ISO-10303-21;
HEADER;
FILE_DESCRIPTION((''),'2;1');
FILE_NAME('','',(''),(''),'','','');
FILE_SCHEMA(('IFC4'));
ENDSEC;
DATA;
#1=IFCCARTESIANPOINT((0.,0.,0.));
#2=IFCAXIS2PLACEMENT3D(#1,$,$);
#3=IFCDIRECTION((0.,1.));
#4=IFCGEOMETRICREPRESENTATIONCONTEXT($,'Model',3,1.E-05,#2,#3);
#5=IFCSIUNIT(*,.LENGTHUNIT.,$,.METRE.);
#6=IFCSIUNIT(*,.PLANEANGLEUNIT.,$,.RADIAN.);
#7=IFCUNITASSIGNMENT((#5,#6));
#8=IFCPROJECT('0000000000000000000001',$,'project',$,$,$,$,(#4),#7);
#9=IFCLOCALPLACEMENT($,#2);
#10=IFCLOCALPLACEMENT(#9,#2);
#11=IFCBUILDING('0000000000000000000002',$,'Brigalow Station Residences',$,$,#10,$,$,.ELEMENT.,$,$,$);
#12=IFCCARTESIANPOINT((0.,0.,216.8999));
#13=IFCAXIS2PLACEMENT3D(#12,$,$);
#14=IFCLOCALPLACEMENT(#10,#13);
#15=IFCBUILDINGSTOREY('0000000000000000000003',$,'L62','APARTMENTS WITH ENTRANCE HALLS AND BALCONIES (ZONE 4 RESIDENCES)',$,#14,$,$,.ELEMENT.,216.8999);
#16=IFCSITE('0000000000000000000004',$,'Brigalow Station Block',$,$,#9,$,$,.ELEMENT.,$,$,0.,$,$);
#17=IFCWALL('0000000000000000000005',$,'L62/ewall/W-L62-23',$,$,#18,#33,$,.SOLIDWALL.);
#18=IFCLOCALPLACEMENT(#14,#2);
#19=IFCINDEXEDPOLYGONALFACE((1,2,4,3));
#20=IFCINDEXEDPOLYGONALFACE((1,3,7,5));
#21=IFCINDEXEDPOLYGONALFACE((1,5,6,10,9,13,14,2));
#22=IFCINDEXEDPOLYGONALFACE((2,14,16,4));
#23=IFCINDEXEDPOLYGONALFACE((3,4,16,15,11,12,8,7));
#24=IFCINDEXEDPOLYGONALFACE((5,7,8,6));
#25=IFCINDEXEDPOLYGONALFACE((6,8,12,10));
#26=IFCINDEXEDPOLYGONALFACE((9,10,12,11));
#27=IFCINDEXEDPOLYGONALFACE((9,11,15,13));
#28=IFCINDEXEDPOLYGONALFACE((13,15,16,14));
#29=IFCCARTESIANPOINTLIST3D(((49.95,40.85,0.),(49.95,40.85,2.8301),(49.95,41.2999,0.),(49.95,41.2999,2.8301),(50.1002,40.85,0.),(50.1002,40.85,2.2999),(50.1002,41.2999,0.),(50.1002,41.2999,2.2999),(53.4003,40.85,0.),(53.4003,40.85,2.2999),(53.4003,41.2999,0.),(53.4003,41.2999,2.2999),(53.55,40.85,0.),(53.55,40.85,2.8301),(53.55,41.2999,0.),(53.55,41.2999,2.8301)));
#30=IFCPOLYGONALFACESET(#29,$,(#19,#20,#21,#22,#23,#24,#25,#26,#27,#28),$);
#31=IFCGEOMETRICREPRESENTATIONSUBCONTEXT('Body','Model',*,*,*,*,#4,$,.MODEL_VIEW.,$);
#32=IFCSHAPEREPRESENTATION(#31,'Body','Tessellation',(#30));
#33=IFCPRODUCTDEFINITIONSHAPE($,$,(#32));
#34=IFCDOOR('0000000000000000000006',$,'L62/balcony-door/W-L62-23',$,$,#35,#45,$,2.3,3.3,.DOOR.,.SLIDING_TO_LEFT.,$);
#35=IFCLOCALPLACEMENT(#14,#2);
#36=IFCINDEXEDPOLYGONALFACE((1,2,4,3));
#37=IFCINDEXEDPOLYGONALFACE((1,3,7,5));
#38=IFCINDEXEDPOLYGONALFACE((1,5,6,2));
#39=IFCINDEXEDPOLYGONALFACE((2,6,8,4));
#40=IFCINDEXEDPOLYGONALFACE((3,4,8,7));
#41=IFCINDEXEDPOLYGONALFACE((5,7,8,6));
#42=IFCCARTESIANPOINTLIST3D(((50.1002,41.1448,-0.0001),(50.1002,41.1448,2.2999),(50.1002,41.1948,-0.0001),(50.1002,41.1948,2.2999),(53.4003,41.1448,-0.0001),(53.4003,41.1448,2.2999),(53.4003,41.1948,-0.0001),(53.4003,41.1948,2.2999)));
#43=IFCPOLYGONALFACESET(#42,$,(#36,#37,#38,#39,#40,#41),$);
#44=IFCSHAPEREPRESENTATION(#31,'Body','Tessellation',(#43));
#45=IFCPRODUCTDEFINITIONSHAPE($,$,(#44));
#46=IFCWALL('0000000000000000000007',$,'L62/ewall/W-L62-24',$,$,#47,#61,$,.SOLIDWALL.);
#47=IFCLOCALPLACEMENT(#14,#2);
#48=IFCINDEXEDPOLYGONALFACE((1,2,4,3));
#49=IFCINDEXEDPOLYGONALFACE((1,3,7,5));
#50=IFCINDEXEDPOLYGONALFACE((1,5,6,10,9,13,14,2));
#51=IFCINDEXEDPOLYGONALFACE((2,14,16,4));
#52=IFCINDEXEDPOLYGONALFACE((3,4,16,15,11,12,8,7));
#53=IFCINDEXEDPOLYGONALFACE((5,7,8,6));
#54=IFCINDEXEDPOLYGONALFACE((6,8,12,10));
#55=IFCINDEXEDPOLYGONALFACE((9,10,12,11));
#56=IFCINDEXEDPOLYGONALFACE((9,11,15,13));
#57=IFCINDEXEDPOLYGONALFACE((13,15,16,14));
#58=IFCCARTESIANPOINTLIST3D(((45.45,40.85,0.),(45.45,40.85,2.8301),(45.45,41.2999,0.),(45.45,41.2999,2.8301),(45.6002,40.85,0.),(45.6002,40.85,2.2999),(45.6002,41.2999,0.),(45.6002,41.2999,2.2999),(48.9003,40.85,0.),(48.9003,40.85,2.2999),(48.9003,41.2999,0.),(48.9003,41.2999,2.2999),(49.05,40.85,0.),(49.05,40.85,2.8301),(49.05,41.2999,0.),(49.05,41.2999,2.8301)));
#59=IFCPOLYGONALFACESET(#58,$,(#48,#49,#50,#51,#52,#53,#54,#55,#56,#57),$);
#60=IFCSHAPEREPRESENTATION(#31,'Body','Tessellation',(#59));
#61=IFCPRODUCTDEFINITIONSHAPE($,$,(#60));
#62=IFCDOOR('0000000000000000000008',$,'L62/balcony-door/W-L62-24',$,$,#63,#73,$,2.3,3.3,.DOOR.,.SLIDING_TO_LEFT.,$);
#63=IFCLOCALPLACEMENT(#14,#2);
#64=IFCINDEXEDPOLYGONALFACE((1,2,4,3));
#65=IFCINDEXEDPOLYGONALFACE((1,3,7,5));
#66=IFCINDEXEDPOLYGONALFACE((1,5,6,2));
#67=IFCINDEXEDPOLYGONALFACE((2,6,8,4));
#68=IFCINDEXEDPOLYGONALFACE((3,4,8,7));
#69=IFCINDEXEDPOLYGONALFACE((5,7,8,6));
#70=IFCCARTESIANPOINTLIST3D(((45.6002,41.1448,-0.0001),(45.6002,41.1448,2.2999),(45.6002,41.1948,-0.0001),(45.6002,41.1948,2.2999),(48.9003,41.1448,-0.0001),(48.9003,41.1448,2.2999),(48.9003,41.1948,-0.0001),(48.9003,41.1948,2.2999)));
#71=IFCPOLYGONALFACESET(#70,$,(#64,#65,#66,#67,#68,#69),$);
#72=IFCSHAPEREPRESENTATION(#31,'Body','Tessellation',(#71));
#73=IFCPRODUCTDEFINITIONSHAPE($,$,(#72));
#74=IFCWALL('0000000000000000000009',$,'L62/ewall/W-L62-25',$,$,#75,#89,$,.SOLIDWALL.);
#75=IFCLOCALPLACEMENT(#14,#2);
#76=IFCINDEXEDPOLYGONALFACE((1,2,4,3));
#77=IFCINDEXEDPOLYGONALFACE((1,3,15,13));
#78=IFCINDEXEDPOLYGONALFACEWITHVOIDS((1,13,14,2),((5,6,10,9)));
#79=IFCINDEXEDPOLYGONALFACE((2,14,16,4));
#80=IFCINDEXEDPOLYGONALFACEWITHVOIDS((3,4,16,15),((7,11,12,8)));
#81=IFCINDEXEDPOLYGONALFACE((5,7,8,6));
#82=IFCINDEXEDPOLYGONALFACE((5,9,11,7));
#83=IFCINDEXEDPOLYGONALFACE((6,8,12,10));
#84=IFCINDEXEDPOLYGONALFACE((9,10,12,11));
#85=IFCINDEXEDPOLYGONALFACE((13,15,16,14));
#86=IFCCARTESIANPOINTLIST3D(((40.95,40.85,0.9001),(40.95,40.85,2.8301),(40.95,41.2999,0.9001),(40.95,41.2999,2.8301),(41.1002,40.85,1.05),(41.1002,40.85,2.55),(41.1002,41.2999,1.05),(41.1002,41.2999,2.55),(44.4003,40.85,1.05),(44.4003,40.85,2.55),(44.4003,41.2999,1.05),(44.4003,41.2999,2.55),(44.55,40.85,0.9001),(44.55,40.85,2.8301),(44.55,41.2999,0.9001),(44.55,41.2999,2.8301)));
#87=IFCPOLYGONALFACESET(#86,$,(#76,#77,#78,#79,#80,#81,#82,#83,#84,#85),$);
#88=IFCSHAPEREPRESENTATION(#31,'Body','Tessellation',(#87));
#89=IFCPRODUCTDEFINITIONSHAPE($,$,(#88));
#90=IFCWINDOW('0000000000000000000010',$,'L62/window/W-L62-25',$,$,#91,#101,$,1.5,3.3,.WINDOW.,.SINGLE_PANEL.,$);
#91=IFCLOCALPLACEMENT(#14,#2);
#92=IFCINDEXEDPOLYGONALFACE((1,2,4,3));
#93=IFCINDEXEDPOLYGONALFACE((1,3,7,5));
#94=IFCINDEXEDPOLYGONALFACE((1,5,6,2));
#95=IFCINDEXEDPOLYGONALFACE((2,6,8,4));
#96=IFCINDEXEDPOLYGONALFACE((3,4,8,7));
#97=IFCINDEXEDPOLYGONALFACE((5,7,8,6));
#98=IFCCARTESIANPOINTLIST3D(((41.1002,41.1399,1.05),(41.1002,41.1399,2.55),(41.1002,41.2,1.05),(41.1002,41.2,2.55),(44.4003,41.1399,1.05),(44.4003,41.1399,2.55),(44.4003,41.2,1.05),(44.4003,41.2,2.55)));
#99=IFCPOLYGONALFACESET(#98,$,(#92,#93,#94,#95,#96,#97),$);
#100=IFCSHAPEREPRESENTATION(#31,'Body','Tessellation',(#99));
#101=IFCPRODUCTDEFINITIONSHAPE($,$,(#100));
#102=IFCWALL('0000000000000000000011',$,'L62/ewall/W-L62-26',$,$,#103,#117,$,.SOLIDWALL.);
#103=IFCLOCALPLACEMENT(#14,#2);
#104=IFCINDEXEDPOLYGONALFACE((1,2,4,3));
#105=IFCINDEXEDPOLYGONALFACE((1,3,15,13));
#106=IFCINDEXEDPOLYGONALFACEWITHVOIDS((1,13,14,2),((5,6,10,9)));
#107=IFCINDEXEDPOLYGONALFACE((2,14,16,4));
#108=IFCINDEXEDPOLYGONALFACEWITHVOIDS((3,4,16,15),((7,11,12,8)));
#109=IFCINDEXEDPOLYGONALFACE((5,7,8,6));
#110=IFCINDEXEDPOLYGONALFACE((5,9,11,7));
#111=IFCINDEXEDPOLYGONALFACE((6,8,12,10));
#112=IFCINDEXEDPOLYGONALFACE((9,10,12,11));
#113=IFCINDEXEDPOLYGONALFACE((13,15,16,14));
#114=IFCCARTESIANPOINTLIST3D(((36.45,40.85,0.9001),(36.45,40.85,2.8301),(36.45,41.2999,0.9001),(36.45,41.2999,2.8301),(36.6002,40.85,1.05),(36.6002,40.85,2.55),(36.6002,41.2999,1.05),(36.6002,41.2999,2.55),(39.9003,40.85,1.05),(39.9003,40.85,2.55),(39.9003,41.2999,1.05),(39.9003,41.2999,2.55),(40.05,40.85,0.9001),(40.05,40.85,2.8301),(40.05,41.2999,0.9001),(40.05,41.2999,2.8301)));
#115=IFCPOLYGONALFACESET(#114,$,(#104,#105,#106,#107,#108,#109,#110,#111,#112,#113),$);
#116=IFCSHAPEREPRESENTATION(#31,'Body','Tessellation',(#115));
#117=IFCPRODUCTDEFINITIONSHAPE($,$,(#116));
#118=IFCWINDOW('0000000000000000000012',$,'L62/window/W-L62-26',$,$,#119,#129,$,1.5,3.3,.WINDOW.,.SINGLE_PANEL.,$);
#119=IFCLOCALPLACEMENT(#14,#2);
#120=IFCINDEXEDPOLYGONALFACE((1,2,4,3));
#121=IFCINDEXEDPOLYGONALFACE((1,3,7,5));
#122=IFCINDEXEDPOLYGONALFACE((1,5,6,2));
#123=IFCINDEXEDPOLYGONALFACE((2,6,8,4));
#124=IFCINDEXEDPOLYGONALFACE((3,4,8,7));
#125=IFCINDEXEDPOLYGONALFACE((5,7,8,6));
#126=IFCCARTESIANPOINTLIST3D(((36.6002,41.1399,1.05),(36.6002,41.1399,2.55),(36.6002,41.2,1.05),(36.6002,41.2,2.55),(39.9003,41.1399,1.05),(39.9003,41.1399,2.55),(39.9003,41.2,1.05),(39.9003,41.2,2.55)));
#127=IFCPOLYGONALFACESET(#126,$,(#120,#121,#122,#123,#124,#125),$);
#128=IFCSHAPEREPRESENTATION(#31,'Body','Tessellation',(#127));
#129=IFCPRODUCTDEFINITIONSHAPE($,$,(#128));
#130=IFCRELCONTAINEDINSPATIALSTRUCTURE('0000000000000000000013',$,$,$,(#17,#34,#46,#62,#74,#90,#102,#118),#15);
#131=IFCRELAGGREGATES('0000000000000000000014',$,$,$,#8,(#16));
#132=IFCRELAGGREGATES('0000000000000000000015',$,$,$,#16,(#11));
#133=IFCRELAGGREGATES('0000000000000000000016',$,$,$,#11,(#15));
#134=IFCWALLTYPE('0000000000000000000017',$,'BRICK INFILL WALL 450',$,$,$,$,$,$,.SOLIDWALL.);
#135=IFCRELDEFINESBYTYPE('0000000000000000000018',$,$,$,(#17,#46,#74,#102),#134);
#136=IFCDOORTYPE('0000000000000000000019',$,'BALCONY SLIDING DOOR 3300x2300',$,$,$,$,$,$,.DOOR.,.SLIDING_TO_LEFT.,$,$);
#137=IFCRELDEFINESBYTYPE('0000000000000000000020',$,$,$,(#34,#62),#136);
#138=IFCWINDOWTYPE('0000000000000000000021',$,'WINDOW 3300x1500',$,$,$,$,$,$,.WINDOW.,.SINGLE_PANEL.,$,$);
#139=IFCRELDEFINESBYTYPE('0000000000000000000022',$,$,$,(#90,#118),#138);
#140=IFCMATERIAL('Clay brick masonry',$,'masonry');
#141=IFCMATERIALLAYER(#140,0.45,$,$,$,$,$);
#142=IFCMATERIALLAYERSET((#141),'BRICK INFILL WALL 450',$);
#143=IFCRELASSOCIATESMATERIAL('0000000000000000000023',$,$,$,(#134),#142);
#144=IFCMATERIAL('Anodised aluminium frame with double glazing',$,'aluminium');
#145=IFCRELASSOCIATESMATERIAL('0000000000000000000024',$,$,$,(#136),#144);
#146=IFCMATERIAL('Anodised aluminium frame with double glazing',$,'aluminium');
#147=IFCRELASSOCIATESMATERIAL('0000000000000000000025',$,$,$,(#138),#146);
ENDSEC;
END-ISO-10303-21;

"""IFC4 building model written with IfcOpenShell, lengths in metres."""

from ifc_helpers import new_model, si_unit, direction, frame, frame_2d, origin, place, context, subcontext, project, spatial, rectangle, extrude, material, layer, layer_set, type_object, element, fill, save


model = new_model("IFC4")

# Units and contexts
model_context = context("Model", 3, precision=1e-05, world=origin(), true_north=direction((0.0, 1.0)))
body_context = subcontext(model_context, "Body", "Model", "MODEL_VIEW")
ifc_project = project(units=[si_unit("LENGTHUNIT", "METRE"), si_unit("PLANEANGLEUNIT", "RADIAN")], contexts=[model_context])

# Site, building, storey
site_placement = place(None, origin())
site = spatial("IfcSite", under=ifc_project, at=site_placement, Name="Brigalow Station Block", CompositionType="ELEMENT", RefElevation=0.0)
building_placement = place(site_placement, origin())
building = spatial("IfcBuilding", under=site, at=building_placement, Name="Brigalow Station Residences", CompositionType="ELEMENT")
storey_placement = place(building_placement, frame((0.0, 0.0, 216.8999)))
storey = spatial("IfcBuildingStorey", under=building, at=storey_placement, Name="L62", Description="APARTMENTS WITH ENTRANCE HALLS AND BALCONIES (ZONE 4 RESIDENCES)", CompositionType="ELEMENT", Elevation=216.8999)

# Walls, openings, doors
ifc_material_1 = material(Name="Clay brick masonry", Category="masonry")
ifc_layer_1 = layer(ifc_material_1, 0.45)
ifc_layer_set_1 = layer_set([ifc_layer_1], Name="BRICK INFILL WALL 450")
wall_type_1 = type_object("IfcWallType", Name="BRICK INFILL WALL 450", PredefinedType="SOLIDWALL", material=ifc_layer_set_1)
wall_1_placement = place(storey_placement, frame((53.55, 41.075, 0.0), z_axis=(0.0, 0.0, 1.0), x_axis=(-1.0, 0.0, 0.0)))
wall_1 = element("IfcWall", 1, at=wall_1_placement, inside=storey, type_object=wall_type_1, Name="L62/ewall/W-L62-23", PredefinedType="SOLIDWALL", context=body_context, shape_type="SweptSolid", body=[
    extrude(rectangle(XDim=3.6001, YDim=0.45, at=frame_2d((1.8, 0.0))), origin(), (0.0, 0.0, 1.0), 2.8301),
])
opening_1_placement = place(wall_1_placement, frame((0.1499, 0.0, 0.0)))
opening_1 = element("IfcOpeningElement", 2, at=opening_1_placement, cuts=wall_1, PredefinedType="OPENING", context=body_context, shape_type="SweptSolid", body=[
    extrude(rectangle(XDim=3.3, YDim=2.3, at=frame_2d((1.6499, 1.1499))), frame((0.0, 0.2349, 0.0), z_axis=(0.0, -1.0, 0.0), x_axis=(1.0, 0.0, 0.0)), (0.0, 0.0, 1.0), 0.47),
])
ifc_material_2 = material(Name="Anodised aluminium frame with double glazing", Category="aluminium")
door_type_1 = type_object("IfcDoorType", Name="BALCONY SLIDING DOOR 3300x2300", OperationType="SLIDING_TO_LEFT", PredefinedType="DOOR", material=ifc_material_2)
door_1_placement = place(opening_1_placement, origin())
door_1 = element("IfcDoor", 3, at=door_1_placement, inside=storey, type_object=door_type_1, Name="L62/balcony-door/W-L62-23", OperationType="SLIDING_TO_LEFT", OverallHeight=2.3, OverallWidth=3.3, PredefinedType="DOOR", context=body_context, shape_type="SweptSolid", body=[
    extrude(rectangle(XDim=3.3, YDim=2.3, at=frame_2d((1.6499, 1.1499))), frame((0.0, -0.0698, 0.0), z_axis=(0.0, -1.0, 0.0), x_axis=(1.0, 0.0, 0.0)), (0.0, 0.0, 1.0), 0.05),
])
fill(opening_1, door_1)
wall_2_placement = place(storey_placement, frame((49.05, 41.075, 0.0), z_axis=(0.0, 0.0, 1.0), x_axis=(-1.0, 0.0, 0.0)))
wall_2 = element("IfcWall", 4, at=wall_2_placement, inside=storey, type_object=wall_type_1, Name="L62/ewall/W-L62-24", PredefinedType="SOLIDWALL", context=body_context, shape_type="SweptSolid", body=[
    extrude(rectangle(XDim=3.6001, YDim=0.45, at=frame_2d((1.8, 0.0))), origin(), (0.0, 0.0, 1.0), 2.8301),
])
opening_2_placement = place(wall_2_placement, frame((0.1499, 0.0, 0.0)))
opening_2 = element("IfcOpeningElement", 5, at=opening_2_placement, cuts=wall_2, PredefinedType="OPENING", context=body_context, shape_type="SweptSolid", body=[
    extrude(rectangle(XDim=3.3, YDim=2.3, at=frame_2d((1.6499, 1.1499))), frame((0.0, 0.2349, 0.0), z_axis=(0.0, -1.0, 0.0), x_axis=(1.0, 0.0, 0.0)), (0.0, 0.0, 1.0), 0.47),
])
door_2_placement = place(opening_2_placement, origin())
door_2 = element("IfcDoor", 6, at=door_2_placement, inside=storey, type_object=door_type_1, Name="L62/balcony-door/W-L62-24", OperationType="SLIDING_TO_LEFT", OverallHeight=2.3, OverallWidth=3.3, PredefinedType="DOOR", context=body_context, shape_type="SweptSolid", body=[
    extrude(rectangle(XDim=3.3, YDim=2.3, at=frame_2d((1.6499, 1.1499))), frame((0.0, -0.0698, 0.0), z_axis=(0.0, -1.0, 0.0), x_axis=(1.0, 0.0, 0.0)), (0.0, 0.0, 1.0), 0.05),
])
fill(opening_2, door_2)

# Walls, openings, windows
wall_3_placement = place(storey_placement, frame((44.55, 41.075, 0.9001), z_axis=(0.0, 0.0, 1.0), x_axis=(-1.0, 0.0, 0.0)))
wall_3 = element("IfcWall", 7, at=wall_3_placement, inside=storey, type_object=wall_type_1, Name="L62/ewall/W-L62-25", PredefinedType="SOLIDWALL", context=body_context, shape_type="SweptSolid", body=[
    extrude(rectangle(XDim=3.6001, YDim=0.45, at=frame_2d((1.8, 0.0))), origin(), (0.0, 0.0, 1.0), 1.9299),
])
opening_3_placement = place(wall_3_placement, frame((0.1499, 0.0, 0.1499)))
opening_3 = element("IfcOpeningElement", 8, at=opening_3_placement, cuts=wall_3, PredefinedType="OPENING", context=body_context, shape_type="SweptSolid", body=[
    extrude(rectangle(XDim=3.3, YDim=1.5, at=frame_2d((1.6499, 0.75))), frame((0.0, 0.2349, 0.0), z_axis=(0.0, -1.0, 0.0), x_axis=(1.0, 0.0, 0.0)), (0.0, 0.0, 1.0), 0.47),
])
ifc_material_3 = material(Name="Anodised aluminium frame with double glazing", Category="aluminium")
window_type = type_object("IfcWindowType", Name="WINDOW 3300x1500", PartitioningType="SINGLE_PANEL", PredefinedType="WINDOW", material=ifc_material_3)
window_1_placement = place(opening_3_placement, origin())
window_1 = element("IfcWindow", 9, at=window_1_placement, inside=storey, type_object=window_type, Name="L62/window/W-L62-25", OverallHeight=1.5, OverallWidth=3.3, PartitioningType="SINGLE_PANEL", PredefinedType="WINDOW", context=body_context, shape_type="SweptSolid", body=[
    extrude(rectangle(XDim=3.3, YDim=1.5, at=frame_2d((1.6499, 0.75))), frame((0.0, -0.0649, 0.0), z_axis=(0.0, -1.0, 0.0), x_axis=(1.0, 0.0, 0.0)), (0.0, 0.0, 1.0), 0.0601),
])
fill(opening_3, window_1)
wall_4_placement = place(storey_placement, frame((40.05, 41.075, 0.9001), z_axis=(0.0, 0.0, 1.0), x_axis=(-1.0, 0.0, 0.0)))
wall_4 = element("IfcWall", 10, at=wall_4_placement, inside=storey, type_object=wall_type_1, Name="L62/ewall/W-L62-26", PredefinedType="SOLIDWALL", context=body_context, shape_type="SweptSolid", body=[
    extrude(rectangle(XDim=3.6001, YDim=0.45, at=frame_2d((1.8, 0.0))), origin(), (0.0, 0.0, 1.0), 1.9299),
])
opening_4_placement = place(wall_4_placement, frame((0.1499, 0.0, 0.1499)))
opening_4 = element("IfcOpeningElement", 11, at=opening_4_placement, cuts=wall_4, PredefinedType="OPENING", context=body_context, shape_type="SweptSolid", body=[
    extrude(rectangle(XDim=3.3, YDim=1.5, at=frame_2d((1.6499, 0.75))), frame((0.0, 0.2349, 0.0), z_axis=(0.0, -1.0, 0.0), x_axis=(1.0, 0.0, 0.0)), (0.0, 0.0, 1.0), 0.47),
])
window_2_placement = place(opening_4_placement, origin())
window_2 = element("IfcWindow", 12, at=window_2_placement, inside=storey, type_object=window_type, Name="L62/window/W-L62-26", OverallHeight=1.5, OverallWidth=3.3, PartitioningType="SINGLE_PANEL", PredefinedType="WINDOW", context=body_context, shape_type="SweptSolid", body=[
    extrude(rectangle(XDim=3.3, YDim=1.5, at=frame_2d((1.6499, 0.75))), frame((0.0, -0.0649, 0.0), z_axis=(0.0, -1.0, 0.0), x_axis=(1.0, 0.0, 0.0)), (0.0, 0.0, 1.0), 0.0601),
])
fill(opening_4, window_2)

save(model, "model.ifc")
